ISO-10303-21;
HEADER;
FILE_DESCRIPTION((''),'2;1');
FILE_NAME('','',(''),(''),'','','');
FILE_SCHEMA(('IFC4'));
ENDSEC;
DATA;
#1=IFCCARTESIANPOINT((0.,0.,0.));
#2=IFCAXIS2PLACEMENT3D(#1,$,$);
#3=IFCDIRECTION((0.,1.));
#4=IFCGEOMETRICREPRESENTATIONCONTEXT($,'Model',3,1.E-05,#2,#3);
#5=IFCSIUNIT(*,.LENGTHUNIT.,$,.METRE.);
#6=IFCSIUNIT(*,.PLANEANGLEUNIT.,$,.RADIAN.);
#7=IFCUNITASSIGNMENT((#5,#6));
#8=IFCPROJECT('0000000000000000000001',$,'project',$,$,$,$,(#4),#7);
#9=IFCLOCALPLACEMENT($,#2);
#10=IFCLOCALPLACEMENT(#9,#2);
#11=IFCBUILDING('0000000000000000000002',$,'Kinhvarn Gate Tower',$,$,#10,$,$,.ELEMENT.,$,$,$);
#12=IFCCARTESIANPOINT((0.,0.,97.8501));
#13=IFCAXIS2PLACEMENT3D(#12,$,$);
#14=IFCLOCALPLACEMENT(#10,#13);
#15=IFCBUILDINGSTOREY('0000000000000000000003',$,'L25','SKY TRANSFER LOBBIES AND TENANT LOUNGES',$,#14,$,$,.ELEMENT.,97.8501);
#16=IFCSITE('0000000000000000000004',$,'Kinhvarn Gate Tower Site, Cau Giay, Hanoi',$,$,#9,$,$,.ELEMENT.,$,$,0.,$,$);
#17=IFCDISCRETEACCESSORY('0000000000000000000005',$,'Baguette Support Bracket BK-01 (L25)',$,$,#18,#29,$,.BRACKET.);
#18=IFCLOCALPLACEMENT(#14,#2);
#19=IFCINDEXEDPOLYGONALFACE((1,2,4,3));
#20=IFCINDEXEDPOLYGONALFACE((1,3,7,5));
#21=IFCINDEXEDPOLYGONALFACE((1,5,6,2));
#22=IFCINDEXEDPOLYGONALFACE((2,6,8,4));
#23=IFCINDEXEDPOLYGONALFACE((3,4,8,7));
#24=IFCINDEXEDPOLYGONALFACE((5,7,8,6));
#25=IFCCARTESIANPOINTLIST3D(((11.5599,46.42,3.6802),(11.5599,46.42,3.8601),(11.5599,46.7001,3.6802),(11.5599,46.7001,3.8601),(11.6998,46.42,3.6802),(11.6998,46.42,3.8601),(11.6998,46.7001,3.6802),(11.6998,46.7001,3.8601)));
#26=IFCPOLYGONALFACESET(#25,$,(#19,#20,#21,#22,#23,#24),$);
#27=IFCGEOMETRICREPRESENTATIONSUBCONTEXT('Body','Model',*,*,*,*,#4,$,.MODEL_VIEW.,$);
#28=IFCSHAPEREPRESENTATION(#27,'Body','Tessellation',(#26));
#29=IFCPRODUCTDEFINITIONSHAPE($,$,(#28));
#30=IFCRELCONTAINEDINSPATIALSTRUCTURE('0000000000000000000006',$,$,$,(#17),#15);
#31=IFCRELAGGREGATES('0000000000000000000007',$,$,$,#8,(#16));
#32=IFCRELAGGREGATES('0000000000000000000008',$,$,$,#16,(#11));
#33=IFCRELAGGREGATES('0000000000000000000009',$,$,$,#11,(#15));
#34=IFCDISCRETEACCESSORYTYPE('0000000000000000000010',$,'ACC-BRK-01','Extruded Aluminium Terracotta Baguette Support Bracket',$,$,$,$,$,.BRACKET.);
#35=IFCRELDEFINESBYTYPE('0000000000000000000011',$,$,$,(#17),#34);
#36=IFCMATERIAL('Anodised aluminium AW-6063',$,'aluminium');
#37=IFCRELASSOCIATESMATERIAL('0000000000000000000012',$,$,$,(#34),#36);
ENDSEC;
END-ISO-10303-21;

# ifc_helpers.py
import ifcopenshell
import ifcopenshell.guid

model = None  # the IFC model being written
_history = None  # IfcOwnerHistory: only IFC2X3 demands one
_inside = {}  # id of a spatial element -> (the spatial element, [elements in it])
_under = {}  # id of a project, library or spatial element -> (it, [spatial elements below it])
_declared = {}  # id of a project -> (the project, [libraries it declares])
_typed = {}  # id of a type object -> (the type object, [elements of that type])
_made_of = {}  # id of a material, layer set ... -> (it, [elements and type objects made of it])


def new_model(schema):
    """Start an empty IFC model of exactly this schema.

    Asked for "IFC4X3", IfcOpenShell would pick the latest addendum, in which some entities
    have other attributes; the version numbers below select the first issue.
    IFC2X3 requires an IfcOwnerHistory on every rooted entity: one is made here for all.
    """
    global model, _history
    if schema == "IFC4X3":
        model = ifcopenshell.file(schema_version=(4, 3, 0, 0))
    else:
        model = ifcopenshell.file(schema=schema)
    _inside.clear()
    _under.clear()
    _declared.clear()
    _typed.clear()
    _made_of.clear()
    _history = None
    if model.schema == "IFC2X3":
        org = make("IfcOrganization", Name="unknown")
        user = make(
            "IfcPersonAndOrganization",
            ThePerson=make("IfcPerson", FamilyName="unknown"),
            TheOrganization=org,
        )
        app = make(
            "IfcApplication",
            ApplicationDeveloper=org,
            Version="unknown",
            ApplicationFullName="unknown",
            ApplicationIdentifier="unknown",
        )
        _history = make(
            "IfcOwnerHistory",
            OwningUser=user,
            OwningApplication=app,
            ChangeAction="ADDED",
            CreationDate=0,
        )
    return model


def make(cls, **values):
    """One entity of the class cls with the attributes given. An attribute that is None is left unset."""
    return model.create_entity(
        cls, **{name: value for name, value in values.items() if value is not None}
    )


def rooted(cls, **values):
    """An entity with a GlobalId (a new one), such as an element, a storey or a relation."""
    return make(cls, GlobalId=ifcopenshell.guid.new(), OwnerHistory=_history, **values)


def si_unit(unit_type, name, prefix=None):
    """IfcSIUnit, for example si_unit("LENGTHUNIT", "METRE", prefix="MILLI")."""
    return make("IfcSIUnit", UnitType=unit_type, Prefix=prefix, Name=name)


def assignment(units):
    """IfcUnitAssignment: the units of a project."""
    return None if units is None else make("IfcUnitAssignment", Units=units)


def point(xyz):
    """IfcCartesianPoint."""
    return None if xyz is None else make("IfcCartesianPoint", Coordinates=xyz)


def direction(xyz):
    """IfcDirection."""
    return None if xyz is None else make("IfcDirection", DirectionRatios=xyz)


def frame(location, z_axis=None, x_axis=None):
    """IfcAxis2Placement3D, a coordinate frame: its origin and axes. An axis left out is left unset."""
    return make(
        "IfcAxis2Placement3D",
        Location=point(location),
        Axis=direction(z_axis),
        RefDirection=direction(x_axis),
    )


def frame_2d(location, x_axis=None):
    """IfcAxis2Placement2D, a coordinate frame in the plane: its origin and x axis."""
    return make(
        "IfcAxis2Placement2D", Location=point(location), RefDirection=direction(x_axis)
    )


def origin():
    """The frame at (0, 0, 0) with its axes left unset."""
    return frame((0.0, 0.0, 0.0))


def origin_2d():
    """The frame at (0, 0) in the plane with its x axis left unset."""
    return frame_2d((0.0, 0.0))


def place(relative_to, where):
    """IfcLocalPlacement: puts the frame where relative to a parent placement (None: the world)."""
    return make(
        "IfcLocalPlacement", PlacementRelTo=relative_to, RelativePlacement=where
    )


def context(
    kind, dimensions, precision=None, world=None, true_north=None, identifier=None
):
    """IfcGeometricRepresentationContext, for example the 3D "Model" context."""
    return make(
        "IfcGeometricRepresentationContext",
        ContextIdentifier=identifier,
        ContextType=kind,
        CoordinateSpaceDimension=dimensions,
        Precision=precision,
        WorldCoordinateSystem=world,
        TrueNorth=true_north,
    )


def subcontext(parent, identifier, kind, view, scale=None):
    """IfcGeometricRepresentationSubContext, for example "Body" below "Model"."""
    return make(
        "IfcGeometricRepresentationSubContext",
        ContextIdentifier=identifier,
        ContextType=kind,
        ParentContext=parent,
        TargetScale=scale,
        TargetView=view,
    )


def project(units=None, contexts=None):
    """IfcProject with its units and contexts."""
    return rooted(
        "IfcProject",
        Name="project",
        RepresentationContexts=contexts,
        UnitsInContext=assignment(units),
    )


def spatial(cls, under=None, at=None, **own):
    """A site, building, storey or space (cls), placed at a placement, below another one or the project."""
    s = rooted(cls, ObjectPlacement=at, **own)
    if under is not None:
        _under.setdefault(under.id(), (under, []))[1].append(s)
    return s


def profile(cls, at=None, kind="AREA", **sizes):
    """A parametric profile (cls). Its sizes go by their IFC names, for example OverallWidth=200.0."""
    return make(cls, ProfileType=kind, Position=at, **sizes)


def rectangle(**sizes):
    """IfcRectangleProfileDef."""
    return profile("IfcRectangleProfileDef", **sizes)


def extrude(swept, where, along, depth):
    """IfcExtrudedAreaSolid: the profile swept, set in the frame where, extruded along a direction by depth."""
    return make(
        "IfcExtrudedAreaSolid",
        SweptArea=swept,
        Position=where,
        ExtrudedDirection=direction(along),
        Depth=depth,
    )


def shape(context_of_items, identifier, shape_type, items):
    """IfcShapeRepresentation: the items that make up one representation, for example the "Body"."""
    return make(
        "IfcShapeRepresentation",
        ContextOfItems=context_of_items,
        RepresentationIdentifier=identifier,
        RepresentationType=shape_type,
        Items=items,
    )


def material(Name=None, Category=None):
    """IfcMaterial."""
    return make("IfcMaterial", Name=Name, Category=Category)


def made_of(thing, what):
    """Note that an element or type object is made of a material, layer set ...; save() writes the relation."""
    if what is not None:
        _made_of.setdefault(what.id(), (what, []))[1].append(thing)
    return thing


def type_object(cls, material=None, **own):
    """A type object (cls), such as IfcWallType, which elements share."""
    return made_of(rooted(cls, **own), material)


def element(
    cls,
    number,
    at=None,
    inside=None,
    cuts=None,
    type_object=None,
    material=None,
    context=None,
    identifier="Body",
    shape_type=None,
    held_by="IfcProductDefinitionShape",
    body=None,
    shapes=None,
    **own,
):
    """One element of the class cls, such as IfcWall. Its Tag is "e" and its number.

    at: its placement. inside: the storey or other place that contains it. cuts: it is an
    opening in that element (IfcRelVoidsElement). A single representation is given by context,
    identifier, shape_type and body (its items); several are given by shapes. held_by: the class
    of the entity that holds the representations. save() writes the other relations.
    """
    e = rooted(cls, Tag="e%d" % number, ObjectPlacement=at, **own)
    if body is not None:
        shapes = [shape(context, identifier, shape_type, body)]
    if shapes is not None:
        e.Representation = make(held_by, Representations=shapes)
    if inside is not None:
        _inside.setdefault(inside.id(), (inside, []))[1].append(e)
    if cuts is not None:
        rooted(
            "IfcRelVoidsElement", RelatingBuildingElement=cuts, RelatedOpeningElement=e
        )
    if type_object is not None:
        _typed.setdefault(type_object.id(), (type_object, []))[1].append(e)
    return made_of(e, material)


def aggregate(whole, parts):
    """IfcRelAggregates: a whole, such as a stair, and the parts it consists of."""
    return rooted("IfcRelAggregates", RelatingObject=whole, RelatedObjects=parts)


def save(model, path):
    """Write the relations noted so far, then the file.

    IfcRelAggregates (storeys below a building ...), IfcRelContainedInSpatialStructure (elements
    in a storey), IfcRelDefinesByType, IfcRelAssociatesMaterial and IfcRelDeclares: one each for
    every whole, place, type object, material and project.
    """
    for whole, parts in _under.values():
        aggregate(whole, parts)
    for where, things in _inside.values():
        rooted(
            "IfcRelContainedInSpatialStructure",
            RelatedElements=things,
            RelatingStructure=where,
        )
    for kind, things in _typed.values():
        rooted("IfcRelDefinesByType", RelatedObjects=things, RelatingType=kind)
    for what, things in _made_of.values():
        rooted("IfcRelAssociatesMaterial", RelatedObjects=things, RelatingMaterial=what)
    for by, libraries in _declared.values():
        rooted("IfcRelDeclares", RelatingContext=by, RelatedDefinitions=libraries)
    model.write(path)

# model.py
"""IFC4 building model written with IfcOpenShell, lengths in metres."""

from ifc_helpers import new_model, si_unit, direction, frame, origin, origin_2d, place, context, subcontext, project, spatial, rectangle, extrude, material, type_object, element, save


model = new_model("IFC4")

# Units and contexts
model_context = context("Model", 3, precision=1e-05, world=origin(), true_north=direction((0.0, 1.0)))
body_context = subcontext(model_context, "Body", "Model", "MODEL_VIEW")
ifc_project = project(units=[si_unit("LENGTHUNIT", "METRE"), si_unit("PLANEANGLEUNIT", "RADIAN")], contexts=[model_context])

# Site, building, storey
site_placement = place(None, origin())
site = spatial("IfcSite", under=ifc_project, at=site_placement, Name="Kinhvarn Gate Tower Site, Cau Giay, Hanoi", CompositionType="ELEMENT", RefElevation=0.0)
building_placement = place(site_placement, origin())
building = spatial("IfcBuilding", under=site, at=building_placement, Name="Kinhvarn Gate Tower", CompositionType="ELEMENT")
storey_placement = place(building_placement, frame((0.0, 0.0, 97.8501)))
storey = spatial("IfcBuildingStorey", under=building, at=storey_placement, Name="L25", Description="SKY TRANSFER LOBBIES AND TENANT LOUNGES", CompositionType="ELEMENT", Elevation=97.8501)

# Shared definitions
ifc_material_1 = material(Name="Anodised aluminium AW-6063", Category="aluminium")

# Discrete accessory
discrete_accessory_type = type_object("IfcDiscreteAccessoryType", Name="ACC-BRK-01", Description="Extruded Aluminium Terracotta Baguette Support Bracket", PredefinedType="BRACKET", material=ifc_material_1)
for number, where, z_axis, x_axis, name in (
    (1, (11.6299, 46.5601, 3.6802), (0.0, 0.0, 1.0), (-1.0, 0.0, 0.0), "Baguette Support Bracket BK-01 (L25)"),
):
    element("IfcDiscreteAccessory", number, at=place(storey_placement, frame(where, z_axis=z_axis, x_axis=x_axis)), inside=storey, type_object=discrete_accessory_type, Name=name, PredefinedType="BRACKET", context=body_context, shape_type="SweptSolid", body=[
        extrude(rectangle(XDim=0.1399, YDim=0.28, at=origin_2d()), origin(), (0.0, 0.0, 1.0), 0.1799),
    ])

save(model, "model.ifc")
